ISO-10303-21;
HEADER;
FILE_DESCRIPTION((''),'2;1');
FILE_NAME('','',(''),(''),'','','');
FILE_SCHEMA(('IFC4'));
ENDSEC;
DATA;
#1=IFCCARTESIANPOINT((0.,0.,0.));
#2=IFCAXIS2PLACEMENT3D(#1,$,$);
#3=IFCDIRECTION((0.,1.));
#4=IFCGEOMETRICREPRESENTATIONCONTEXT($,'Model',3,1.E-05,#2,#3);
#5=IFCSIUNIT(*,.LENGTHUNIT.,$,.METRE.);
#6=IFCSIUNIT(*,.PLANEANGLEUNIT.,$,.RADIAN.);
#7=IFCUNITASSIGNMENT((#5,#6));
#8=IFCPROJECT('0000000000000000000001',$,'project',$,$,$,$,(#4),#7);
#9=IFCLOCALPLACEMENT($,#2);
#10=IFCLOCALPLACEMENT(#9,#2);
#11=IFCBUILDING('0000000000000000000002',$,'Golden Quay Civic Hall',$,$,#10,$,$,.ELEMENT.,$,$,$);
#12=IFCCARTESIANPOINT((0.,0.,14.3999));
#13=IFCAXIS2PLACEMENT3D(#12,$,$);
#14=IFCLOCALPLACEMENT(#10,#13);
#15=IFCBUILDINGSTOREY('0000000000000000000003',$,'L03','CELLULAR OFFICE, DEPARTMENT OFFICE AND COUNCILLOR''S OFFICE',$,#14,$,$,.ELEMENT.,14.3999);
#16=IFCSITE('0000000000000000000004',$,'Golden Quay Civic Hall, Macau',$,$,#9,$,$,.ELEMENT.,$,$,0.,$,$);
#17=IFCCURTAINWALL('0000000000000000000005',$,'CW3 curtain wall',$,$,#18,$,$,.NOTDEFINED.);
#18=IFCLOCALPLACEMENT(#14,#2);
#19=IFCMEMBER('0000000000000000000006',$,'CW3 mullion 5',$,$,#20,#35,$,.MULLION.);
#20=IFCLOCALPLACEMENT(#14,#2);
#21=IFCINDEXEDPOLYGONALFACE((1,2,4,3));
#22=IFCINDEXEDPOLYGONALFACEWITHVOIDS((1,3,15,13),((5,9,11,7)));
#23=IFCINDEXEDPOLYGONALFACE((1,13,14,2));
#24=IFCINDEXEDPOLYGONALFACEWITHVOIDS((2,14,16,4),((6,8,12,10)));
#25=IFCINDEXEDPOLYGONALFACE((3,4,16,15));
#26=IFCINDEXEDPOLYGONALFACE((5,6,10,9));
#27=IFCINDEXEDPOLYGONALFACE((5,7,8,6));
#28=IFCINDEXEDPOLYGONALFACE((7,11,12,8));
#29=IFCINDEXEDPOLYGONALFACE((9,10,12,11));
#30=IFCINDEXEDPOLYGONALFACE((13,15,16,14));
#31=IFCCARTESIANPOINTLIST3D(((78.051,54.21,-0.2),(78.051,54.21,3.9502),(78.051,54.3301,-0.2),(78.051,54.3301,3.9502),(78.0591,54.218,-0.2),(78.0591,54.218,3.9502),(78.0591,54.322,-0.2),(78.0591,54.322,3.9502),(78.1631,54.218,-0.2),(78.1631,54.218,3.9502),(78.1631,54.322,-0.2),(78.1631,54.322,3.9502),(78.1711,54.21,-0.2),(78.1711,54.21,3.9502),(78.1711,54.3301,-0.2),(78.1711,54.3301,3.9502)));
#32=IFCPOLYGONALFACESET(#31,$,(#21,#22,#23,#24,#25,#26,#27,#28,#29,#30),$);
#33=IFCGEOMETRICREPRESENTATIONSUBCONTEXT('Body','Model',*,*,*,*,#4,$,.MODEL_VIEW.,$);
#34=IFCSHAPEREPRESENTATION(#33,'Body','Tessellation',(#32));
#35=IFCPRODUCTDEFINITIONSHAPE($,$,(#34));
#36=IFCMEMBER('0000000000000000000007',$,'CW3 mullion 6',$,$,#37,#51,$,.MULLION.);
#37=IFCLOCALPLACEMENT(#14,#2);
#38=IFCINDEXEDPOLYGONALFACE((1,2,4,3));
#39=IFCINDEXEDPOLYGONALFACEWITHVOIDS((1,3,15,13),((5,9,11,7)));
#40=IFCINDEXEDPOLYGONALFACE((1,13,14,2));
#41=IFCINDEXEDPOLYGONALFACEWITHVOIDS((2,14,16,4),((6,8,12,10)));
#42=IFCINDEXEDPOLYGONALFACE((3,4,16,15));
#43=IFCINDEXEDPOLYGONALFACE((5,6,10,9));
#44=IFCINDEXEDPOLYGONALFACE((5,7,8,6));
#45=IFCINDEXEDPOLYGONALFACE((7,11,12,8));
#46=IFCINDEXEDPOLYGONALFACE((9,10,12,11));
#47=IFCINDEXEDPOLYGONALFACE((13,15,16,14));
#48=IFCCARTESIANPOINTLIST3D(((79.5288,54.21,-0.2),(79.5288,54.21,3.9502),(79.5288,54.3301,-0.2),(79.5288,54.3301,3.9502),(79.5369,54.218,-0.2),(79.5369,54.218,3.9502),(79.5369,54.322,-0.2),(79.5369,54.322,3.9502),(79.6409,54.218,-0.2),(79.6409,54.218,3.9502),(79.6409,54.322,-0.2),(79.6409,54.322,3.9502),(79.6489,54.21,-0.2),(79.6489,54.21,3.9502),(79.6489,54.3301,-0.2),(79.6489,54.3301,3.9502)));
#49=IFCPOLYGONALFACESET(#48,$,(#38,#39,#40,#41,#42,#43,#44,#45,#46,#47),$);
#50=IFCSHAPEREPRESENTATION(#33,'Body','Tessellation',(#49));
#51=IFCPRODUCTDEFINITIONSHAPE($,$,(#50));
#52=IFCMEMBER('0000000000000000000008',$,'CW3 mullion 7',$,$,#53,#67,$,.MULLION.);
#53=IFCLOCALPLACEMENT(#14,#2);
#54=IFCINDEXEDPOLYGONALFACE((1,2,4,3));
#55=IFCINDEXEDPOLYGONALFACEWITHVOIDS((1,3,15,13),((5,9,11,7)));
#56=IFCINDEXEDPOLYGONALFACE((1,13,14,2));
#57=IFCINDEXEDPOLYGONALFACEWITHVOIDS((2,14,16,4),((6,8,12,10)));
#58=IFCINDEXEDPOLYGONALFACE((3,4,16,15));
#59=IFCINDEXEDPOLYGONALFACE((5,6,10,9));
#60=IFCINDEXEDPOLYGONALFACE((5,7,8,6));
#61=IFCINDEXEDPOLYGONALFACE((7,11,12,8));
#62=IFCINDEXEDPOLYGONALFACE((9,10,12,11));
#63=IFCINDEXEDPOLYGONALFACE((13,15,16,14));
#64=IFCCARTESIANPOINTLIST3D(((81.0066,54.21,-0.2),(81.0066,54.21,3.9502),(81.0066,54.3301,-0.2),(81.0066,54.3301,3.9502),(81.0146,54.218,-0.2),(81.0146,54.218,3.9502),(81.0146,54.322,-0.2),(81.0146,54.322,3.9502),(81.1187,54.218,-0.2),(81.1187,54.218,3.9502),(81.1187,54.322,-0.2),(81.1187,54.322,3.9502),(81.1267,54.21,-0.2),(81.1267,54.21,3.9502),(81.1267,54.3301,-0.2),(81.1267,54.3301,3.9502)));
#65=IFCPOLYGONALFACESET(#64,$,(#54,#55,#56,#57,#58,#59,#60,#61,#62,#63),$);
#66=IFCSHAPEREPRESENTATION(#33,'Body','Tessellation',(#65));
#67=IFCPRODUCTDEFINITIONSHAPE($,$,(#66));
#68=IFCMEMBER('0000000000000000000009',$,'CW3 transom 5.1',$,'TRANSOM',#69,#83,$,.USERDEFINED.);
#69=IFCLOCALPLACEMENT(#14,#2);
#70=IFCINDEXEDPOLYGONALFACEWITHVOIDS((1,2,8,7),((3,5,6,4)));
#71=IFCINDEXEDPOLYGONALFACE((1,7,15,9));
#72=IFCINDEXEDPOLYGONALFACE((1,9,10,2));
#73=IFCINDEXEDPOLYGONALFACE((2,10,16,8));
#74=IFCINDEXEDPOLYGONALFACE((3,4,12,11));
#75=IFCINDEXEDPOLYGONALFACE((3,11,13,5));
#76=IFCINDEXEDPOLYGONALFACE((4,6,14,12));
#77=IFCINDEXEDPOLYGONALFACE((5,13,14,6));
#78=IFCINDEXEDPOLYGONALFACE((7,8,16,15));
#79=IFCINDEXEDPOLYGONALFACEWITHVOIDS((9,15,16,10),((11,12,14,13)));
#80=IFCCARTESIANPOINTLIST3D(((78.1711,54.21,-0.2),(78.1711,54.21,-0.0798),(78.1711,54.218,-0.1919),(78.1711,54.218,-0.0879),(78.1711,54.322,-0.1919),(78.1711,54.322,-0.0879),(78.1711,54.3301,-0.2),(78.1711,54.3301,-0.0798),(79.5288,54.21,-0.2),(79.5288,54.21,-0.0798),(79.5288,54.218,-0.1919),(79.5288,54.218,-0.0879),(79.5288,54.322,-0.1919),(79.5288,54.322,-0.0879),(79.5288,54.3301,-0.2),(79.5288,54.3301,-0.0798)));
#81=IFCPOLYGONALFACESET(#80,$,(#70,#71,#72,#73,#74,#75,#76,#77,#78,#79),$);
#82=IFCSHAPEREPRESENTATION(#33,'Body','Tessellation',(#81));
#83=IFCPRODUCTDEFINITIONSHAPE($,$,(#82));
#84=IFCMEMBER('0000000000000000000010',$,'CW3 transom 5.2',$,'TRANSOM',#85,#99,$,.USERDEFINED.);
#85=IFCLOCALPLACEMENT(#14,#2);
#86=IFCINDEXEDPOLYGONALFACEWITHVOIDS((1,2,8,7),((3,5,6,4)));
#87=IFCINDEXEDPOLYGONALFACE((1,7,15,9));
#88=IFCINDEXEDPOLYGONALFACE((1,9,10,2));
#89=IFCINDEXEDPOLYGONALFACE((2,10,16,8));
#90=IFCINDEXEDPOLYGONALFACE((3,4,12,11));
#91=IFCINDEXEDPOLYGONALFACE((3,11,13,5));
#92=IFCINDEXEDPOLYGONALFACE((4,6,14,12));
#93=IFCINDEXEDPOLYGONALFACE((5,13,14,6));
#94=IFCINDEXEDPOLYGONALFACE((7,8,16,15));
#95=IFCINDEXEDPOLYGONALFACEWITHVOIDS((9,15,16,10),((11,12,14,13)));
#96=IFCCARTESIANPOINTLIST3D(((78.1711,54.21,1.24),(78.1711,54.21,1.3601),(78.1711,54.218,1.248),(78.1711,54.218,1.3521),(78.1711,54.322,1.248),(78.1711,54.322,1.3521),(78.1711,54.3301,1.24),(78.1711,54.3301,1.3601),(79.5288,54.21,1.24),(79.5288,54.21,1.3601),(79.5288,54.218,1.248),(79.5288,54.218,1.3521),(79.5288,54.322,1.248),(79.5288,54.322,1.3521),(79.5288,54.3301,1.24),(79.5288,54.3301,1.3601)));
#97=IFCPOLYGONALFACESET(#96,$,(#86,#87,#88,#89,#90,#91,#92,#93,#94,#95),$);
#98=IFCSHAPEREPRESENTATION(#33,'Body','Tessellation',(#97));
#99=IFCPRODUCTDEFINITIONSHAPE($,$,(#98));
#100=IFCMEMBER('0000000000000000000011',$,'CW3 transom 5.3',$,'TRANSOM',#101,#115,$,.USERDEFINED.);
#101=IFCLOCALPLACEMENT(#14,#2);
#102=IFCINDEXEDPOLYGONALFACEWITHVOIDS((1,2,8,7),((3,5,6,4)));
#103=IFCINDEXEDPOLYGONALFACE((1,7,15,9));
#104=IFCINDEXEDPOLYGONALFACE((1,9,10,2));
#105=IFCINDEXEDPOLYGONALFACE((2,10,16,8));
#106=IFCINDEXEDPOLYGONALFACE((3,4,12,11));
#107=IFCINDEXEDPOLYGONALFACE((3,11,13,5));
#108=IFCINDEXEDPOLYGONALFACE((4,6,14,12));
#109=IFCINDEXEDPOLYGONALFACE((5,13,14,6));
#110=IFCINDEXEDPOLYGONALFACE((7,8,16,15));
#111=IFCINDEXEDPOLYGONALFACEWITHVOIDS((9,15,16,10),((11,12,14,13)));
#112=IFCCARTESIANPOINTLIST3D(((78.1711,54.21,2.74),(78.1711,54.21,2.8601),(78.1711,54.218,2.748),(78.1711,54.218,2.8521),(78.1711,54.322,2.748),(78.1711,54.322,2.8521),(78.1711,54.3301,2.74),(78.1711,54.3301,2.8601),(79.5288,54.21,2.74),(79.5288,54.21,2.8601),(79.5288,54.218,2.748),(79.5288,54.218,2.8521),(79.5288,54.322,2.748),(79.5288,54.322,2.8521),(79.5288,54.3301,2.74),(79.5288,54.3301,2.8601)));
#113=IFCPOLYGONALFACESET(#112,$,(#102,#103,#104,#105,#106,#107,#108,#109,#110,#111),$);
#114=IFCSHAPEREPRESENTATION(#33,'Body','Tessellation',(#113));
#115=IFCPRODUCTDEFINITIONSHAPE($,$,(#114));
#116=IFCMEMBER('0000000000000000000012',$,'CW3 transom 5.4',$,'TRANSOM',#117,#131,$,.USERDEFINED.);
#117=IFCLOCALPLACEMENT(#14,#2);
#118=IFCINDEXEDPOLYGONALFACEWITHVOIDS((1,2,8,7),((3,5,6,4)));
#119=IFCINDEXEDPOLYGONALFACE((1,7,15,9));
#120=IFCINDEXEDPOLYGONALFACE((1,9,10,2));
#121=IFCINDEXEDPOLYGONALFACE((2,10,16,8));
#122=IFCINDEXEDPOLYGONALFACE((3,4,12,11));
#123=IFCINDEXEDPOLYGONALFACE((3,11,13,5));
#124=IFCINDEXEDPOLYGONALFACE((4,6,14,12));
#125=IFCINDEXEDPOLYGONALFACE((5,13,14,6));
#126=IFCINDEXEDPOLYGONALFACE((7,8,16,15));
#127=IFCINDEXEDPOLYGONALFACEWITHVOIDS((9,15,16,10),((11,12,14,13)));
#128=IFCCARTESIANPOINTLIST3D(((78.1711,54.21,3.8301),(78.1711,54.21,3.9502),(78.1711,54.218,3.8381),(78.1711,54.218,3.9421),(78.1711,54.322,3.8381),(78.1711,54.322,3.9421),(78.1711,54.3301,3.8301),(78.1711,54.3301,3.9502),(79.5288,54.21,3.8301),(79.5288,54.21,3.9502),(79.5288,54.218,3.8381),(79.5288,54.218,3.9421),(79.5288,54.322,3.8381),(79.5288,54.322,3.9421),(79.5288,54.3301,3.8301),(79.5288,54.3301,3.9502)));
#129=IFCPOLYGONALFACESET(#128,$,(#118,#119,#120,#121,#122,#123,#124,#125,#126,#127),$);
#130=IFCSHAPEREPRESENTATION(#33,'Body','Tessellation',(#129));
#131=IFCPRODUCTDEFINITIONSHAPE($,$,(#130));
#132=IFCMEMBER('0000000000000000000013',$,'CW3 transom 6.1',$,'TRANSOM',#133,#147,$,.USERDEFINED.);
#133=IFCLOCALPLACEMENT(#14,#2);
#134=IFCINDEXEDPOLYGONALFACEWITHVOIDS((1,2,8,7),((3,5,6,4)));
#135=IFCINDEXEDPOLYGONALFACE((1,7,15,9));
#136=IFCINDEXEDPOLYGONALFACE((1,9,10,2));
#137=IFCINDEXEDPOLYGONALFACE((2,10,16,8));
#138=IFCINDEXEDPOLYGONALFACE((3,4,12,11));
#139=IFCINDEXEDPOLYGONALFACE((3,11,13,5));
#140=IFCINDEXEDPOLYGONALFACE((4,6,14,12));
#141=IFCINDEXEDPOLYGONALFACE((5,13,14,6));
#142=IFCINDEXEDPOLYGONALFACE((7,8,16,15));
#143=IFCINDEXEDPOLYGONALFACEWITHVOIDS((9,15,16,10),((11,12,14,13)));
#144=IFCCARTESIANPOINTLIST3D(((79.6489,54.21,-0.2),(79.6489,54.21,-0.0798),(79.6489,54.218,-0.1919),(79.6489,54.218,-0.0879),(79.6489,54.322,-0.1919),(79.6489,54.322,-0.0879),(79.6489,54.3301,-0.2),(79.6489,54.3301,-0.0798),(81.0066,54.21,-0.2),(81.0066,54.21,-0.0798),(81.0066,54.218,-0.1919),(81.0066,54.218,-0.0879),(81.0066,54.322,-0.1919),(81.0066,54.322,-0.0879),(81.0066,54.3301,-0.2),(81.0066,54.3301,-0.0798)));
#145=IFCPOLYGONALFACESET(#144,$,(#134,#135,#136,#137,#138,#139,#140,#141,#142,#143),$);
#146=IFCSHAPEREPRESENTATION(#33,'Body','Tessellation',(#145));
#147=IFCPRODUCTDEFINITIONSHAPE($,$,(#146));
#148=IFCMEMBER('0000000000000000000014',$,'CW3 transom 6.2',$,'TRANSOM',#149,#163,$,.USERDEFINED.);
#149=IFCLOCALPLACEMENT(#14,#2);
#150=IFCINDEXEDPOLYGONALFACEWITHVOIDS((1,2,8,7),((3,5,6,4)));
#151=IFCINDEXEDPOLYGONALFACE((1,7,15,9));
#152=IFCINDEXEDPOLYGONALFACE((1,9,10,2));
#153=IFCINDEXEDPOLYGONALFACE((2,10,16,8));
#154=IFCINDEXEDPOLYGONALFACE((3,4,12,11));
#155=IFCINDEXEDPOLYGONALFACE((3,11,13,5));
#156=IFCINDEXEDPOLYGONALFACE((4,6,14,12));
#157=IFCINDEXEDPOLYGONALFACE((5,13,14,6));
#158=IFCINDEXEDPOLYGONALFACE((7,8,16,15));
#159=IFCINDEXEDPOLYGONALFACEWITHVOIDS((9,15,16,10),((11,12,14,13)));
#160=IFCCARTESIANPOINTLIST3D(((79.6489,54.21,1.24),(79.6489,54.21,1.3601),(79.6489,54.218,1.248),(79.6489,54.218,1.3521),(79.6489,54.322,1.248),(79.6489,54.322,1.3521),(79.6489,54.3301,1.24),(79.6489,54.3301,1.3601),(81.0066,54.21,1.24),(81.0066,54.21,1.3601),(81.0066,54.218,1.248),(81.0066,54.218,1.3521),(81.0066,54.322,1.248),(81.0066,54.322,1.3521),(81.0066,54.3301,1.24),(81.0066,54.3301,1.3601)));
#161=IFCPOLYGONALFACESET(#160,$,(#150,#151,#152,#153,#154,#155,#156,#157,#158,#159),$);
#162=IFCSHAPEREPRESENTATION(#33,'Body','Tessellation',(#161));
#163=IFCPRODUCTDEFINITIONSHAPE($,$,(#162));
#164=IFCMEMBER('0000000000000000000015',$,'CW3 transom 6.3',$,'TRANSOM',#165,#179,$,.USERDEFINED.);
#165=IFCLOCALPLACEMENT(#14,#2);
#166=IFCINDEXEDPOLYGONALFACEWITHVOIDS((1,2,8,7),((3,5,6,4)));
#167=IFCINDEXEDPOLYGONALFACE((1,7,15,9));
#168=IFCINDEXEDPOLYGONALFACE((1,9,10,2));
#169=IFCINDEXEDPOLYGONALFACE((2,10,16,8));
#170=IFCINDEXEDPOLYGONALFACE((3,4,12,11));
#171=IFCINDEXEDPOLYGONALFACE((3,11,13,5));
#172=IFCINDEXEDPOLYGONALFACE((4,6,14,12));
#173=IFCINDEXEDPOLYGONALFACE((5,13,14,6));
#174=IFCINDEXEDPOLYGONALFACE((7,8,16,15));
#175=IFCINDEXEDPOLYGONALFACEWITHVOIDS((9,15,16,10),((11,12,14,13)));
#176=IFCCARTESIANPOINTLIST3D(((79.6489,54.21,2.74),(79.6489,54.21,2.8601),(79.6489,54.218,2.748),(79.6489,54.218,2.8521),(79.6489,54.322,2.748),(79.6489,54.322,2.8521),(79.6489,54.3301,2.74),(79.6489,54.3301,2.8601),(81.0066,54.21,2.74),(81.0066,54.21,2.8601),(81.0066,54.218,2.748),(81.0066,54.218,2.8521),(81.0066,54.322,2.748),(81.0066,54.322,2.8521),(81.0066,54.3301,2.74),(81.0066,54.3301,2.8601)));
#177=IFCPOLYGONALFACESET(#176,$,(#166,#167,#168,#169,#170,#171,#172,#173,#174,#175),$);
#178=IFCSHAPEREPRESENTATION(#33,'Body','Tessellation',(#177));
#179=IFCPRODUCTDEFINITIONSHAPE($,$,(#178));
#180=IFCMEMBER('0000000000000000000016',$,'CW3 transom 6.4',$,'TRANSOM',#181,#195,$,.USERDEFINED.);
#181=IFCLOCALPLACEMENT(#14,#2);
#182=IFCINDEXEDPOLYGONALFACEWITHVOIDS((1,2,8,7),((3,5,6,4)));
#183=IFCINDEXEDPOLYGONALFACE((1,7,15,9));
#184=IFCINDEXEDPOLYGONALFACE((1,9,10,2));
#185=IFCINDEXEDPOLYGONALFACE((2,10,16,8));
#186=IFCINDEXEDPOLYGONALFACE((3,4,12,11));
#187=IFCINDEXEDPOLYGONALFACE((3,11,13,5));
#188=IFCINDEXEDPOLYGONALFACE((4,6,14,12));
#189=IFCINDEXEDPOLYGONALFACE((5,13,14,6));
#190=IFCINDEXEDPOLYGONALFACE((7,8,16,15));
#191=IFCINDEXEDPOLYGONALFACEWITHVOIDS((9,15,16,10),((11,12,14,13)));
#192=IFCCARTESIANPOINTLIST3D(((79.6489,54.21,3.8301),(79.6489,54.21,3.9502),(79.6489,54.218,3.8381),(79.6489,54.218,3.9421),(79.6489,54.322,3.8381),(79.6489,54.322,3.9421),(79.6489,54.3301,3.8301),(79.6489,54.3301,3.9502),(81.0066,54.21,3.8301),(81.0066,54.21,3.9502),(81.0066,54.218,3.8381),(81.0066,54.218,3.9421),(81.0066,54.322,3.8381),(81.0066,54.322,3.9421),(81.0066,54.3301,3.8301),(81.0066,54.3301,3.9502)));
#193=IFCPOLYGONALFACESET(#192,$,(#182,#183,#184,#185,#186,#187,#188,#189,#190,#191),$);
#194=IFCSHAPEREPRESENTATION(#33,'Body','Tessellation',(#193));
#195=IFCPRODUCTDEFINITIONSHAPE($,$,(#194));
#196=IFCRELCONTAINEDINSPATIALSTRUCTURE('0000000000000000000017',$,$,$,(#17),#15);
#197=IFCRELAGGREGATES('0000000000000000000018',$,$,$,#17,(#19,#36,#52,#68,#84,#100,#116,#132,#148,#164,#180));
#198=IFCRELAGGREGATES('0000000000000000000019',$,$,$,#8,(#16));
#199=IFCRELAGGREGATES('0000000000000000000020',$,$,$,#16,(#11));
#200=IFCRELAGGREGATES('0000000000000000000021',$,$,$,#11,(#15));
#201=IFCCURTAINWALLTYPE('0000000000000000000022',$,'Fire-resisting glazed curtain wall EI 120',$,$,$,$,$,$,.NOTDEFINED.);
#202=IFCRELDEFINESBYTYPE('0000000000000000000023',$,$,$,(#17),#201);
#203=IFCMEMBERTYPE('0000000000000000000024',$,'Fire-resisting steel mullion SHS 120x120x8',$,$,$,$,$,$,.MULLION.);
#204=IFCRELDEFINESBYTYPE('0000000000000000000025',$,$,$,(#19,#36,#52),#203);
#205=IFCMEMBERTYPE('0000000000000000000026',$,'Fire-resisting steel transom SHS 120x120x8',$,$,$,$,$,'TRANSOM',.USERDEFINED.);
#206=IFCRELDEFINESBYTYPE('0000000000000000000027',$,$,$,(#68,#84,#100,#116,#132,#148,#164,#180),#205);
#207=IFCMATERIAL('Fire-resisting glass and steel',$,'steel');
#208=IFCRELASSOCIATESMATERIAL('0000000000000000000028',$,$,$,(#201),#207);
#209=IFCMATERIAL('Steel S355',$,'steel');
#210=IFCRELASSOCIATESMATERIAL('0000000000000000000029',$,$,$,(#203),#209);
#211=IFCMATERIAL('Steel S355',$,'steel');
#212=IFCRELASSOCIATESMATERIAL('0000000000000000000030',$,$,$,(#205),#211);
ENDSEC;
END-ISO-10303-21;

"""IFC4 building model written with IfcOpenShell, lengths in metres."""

from ifc_helpers import new_model, si_unit, direction, frame, origin, origin_2d, place, context, subcontext, project, spatial, hollow_rectangle, extrude, material, material_profile, profile_set, type_object, element, aggregate, save


model = new_model("IFC4")

# Units and contexts
model_context = context("Model", 3, precision=1e-05, world=origin(), true_north=direction((0.0, 1.0)))
body_context = subcontext(model_context, "Body", "Model", "MODEL_VIEW")
ifc_project = project(units=[si_unit("LENGTHUNIT", "METRE"), si_unit("PLANEANGLEUNIT", "RADIAN")], contexts=[model_context])

# Site, building, storey
site_placement = place(None, origin())
site = spatial("IfcSite", under=ifc_project, at=site_placement, Name="Golden Quay Civic Hall, Macau", CompositionType="ELEMENT", RefElevation=0.0)
building_placement = place(site_placement, origin())
building = spatial("IfcBuilding", under=site, at=building_placement, Name="Golden Quay Civic Hall", CompositionType="ELEMENT")
storey_placement = place(building_placement, frame((0.0, 0.0, 14.3999)))
storey = spatial("IfcBuildingStorey", under=building, at=storey_placement, Name="L03", Description="CELLULAR OFFICE, DEPARTMENT OFFICE AND COUNCILLOR'S OFFICE", CompositionType="ELEMENT", Elevation=14.3999)

# Curtain wall, members
ifc_material_1 = material(Name="Fire-resisting glass and steel", Category="steel")
curtain_wall_type_1 = type_object("IfcCurtainWallType", Name="Fire-resisting glazed curtain wall EI 120", PredefinedType="NOTDEFINED", material=ifc_material_1)
curtain_wall_1_placement = place(storey_placement, origin())
curtain_wall_1 = element("IfcCurtainWall", 1, at=curtain_wall_1_placement, inside=storey, type_object=curtain_wall_type_1, Name="CW3 curtain wall", PredefinedType="NOTDEFINED")
ifc_material_2 = material(Name="Steel S355", Category="steel")
ifc_material_profile_1 = material_profile(ifc_material_2, hollow_rectangle(XDim=0.1201, YDim=0.1201, WallThickness=0.0081, at=origin_2d()), Name="SHS 120x120x8")
ifc_profile_set_1 = profile_set([ifc_material_profile_1], Name="Steel S355")
member_type_1 = type_object("IfcMemberType", Name="Fire-resisting steel mullion SHS 120x120x8", PredefinedType="MULLION", material=ifc_profile_set_1)
member_1_placement = place(storey_placement, frame((78.1111, 54.27, -0.2), z_axis=(0.0, 0.0, 1.0), x_axis=(0.0, 1.0, 0.0)))
member_1 = element("IfcMember", 2, at=member_1_placement, type_object=member_type_1, Name="CW3 mullion 5", PredefinedType="MULLION", context=body_context, shape_type="SweptSolid", body=[
    extrude(hollow_rectangle(XDim=0.1201, YDim=0.1201, WallThickness=0.0081, at=origin_2d()), origin(), (0.0, 0.0, 1.0), 4.1501),
])
member_2_placement = place(storey_placement, frame((79.5889, 54.27, -0.2), z_axis=(0.0, 0.0, 1.0), x_axis=(0.0, 1.0, 0.0)))
member_2 = element("IfcMember", 3, at=member_2_placement, type_object=member_type_1, Name="CW3 mullion 6", PredefinedType="MULLION", context=body_context, shape_type="SweptSolid", body=[
    extrude(hollow_rectangle(XDim=0.1201, YDim=0.1201, WallThickness=0.0081, at=origin_2d()), origin(), (0.0, 0.0, 1.0), 4.1501),
])
member_3_placement = place(storey_placement, frame((81.0667, 54.27, -0.2), z_axis=(0.0, 0.0, 1.0), x_axis=(0.0, 1.0, 0.0)))
member_3 = element("IfcMember", 4, at=member_3_placement, type_object=member_type_1, Name="CW3 mullion 7", PredefinedType="MULLION", context=body_context, shape_type="SweptSolid", body=[
    extrude(hollow_rectangle(XDim=0.1201, YDim=0.1201, WallThickness=0.0081, at=origin_2d()), origin(), (0.0, 0.0, 1.0), 4.1501),
])
ifc_material_3 = material(Name="Steel S355", Category="steel")
ifc_material_profile_2 = material_profile(ifc_material_3, hollow_rectangle(XDim=0.1201, YDim=0.1201, WallThickness=0.0081, at=origin_2d()), Name="SHS 120x120x8")
ifc_profile_set_2 = profile_set([ifc_material_profile_2], Name="Steel S355")
member_type_2 = type_object("IfcMemberType", Name="Fire-resisting steel transom SHS 120x120x8", ElementType="TRANSOM", PredefinedType="USERDEFINED", material=ifc_profile_set_2)
member_4_placement = place(storey_placement, frame((78.1711, 54.27, -0.1399), z_axis=(1.0, 0.0, 0.0), x_axis=(0.0, 1.0, 0.0)))
member_4 = element("IfcMember", 5, at=member_4_placement, type_object=member_type_2, Name="CW3 transom 5.1", ObjectType="TRANSOM", PredefinedType="USERDEFINED", context=body_context, shape_type="SweptSolid", body=[
    extrude(hollow_rectangle(XDim=0.1201, YDim=0.1201, WallThickness=0.0081, at=origin_2d()), origin(), (0.0, 0.0, 1.0), 1.3577),
])
member_5_placement = place(storey_placement, frame((78.1711, 54.27, 1.3), z_axis=(1.0, 0.0, 0.0), x_axis=(0.0, 1.0, 0.0)))
member_5 = element("IfcMember", 6, at=member_5_placement, type_object=member_type_2, Name="CW3 transom 5.2", ObjectType="TRANSOM", PredefinedType="USERDEFINED", context=body_context, shape_type="SweptSolid", body=[
    extrude(hollow_rectangle(XDim=0.1201, YDim=0.1201, WallThickness=0.0081, at=origin_2d()), origin(), (0.0, 0.0, 1.0), 1.3577),
])
member_6_placement = place(storey_placement, frame((78.1711, 54.27, 2.8), z_axis=(1.0, 0.0, 0.0), x_axis=(0.0, 1.0, 0.0)))
member_6 = element("IfcMember", 7, at=member_6_placement, type_object=member_type_2, Name="CW3 transom 5.3", ObjectType="TRANSOM", PredefinedType="USERDEFINED", context=body_context, shape_type="SweptSolid", body=[
    extrude(hollow_rectangle(XDim=0.1201, YDim=0.1201, WallThickness=0.0081, at=origin_2d()), origin(), (0.0, 0.0, 1.0), 1.3577),
])
member_7_placement = place(storey_placement, frame((78.1711, 54.27, 3.8901), z_axis=(1.0, 0.0, 0.0), x_axis=(0.0, 1.0, 0.0)))
member_7 = element("IfcMember", 8, at=member_7_placement, type_object=member_type_2, Name="CW3 transom 5.4", ObjectType="TRANSOM", PredefinedType="USERDEFINED", context=body_context, shape_type="SweptSolid", body=[
    extrude(hollow_rectangle(XDim=0.1201, YDim=0.1201, WallThickness=0.0081, at=origin_2d()), origin(), (0.0, 0.0, 1.0), 1.3577),
])
member_8_placement = place(storey_placement, frame((79.6489, 54.27, -0.1399), z_axis=(1.0, 0.0, 0.0), x_axis=(0.0, 1.0, 0.0)))
member_8 = element("IfcMember", 9, at=member_8_placement, type_object=member_type_2, Name="CW3 transom 6.1", ObjectType="TRANSOM", PredefinedType="USERDEFINED", context=body_context, shape_type="SweptSolid", body=[
    extrude(hollow_rectangle(XDim=0.1201, YDim=0.1201, WallThickness=0.0081, at=origin_2d()), origin(), (0.0, 0.0, 1.0), 1.3577),
])
member_9_placement = place(storey_placement, frame((79.6489, 54.27, 1.3), z_axis=(1.0, 0.0, 0.0), x_axis=(0.0, 1.0, 0.0)))
member_9 = element("IfcMember", 10, at=member_9_placement, type_object=member_type_2, Name="CW3 transom 6.2", ObjectType="TRANSOM", PredefinedType="USERDEFINED", context=body_context, shape_type="SweptSolid", body=[
    extrude(hollow_rectangle(XDim=0.1201, YDim=0.1201, WallThickness=0.0081, at=origin_2d()), origin(), (0.0, 0.0, 1.0), 1.3577),
])
member_10_placement = place(storey_placement, frame((79.6489, 54.27, 2.8), z_axis=(1.0, 0.0, 0.0), x_axis=(0.0, 1.0, 0.0)))
member_10 = element("IfcMember", 11, at=member_10_placement, type_object=member_type_2, Name="CW3 transom 6.3", ObjectType="TRANSOM", PredefinedType="USERDEFINED", context=body_context, shape_type="SweptSolid", body=[
    extrude(hollow_rectangle(XDim=0.1201, YDim=0.1201, WallThickness=0.0081, at=origin_2d()), origin(), (0.0, 0.0, 1.0), 1.3577),
])
member_11_placement = place(storey_placement, frame((79.6489, 54.27, 3.8901), z_axis=(1.0, 0.0, 0.0), x_axis=(0.0, 1.0, 0.0)))
member_11 = element("IfcMember", 12, at=member_11_placement, type_object=member_type_2, Name="CW3 transom 6.4", ObjectType="TRANSOM", PredefinedType="USERDEFINED", context=body_context, shape_type="SweptSolid", body=[
    extrude(hollow_rectangle(XDim=0.1201, YDim=0.1201, WallThickness=0.0081, at=origin_2d()), origin(), (0.0, 0.0, 1.0), 1.3577),
])

aggregate(curtain_wall_1, [member_1, member_2, member_3, member_4, member_5, member_6, member_7, member_8, member_9, member_10, member_11])

save(model, "model.ifc")
